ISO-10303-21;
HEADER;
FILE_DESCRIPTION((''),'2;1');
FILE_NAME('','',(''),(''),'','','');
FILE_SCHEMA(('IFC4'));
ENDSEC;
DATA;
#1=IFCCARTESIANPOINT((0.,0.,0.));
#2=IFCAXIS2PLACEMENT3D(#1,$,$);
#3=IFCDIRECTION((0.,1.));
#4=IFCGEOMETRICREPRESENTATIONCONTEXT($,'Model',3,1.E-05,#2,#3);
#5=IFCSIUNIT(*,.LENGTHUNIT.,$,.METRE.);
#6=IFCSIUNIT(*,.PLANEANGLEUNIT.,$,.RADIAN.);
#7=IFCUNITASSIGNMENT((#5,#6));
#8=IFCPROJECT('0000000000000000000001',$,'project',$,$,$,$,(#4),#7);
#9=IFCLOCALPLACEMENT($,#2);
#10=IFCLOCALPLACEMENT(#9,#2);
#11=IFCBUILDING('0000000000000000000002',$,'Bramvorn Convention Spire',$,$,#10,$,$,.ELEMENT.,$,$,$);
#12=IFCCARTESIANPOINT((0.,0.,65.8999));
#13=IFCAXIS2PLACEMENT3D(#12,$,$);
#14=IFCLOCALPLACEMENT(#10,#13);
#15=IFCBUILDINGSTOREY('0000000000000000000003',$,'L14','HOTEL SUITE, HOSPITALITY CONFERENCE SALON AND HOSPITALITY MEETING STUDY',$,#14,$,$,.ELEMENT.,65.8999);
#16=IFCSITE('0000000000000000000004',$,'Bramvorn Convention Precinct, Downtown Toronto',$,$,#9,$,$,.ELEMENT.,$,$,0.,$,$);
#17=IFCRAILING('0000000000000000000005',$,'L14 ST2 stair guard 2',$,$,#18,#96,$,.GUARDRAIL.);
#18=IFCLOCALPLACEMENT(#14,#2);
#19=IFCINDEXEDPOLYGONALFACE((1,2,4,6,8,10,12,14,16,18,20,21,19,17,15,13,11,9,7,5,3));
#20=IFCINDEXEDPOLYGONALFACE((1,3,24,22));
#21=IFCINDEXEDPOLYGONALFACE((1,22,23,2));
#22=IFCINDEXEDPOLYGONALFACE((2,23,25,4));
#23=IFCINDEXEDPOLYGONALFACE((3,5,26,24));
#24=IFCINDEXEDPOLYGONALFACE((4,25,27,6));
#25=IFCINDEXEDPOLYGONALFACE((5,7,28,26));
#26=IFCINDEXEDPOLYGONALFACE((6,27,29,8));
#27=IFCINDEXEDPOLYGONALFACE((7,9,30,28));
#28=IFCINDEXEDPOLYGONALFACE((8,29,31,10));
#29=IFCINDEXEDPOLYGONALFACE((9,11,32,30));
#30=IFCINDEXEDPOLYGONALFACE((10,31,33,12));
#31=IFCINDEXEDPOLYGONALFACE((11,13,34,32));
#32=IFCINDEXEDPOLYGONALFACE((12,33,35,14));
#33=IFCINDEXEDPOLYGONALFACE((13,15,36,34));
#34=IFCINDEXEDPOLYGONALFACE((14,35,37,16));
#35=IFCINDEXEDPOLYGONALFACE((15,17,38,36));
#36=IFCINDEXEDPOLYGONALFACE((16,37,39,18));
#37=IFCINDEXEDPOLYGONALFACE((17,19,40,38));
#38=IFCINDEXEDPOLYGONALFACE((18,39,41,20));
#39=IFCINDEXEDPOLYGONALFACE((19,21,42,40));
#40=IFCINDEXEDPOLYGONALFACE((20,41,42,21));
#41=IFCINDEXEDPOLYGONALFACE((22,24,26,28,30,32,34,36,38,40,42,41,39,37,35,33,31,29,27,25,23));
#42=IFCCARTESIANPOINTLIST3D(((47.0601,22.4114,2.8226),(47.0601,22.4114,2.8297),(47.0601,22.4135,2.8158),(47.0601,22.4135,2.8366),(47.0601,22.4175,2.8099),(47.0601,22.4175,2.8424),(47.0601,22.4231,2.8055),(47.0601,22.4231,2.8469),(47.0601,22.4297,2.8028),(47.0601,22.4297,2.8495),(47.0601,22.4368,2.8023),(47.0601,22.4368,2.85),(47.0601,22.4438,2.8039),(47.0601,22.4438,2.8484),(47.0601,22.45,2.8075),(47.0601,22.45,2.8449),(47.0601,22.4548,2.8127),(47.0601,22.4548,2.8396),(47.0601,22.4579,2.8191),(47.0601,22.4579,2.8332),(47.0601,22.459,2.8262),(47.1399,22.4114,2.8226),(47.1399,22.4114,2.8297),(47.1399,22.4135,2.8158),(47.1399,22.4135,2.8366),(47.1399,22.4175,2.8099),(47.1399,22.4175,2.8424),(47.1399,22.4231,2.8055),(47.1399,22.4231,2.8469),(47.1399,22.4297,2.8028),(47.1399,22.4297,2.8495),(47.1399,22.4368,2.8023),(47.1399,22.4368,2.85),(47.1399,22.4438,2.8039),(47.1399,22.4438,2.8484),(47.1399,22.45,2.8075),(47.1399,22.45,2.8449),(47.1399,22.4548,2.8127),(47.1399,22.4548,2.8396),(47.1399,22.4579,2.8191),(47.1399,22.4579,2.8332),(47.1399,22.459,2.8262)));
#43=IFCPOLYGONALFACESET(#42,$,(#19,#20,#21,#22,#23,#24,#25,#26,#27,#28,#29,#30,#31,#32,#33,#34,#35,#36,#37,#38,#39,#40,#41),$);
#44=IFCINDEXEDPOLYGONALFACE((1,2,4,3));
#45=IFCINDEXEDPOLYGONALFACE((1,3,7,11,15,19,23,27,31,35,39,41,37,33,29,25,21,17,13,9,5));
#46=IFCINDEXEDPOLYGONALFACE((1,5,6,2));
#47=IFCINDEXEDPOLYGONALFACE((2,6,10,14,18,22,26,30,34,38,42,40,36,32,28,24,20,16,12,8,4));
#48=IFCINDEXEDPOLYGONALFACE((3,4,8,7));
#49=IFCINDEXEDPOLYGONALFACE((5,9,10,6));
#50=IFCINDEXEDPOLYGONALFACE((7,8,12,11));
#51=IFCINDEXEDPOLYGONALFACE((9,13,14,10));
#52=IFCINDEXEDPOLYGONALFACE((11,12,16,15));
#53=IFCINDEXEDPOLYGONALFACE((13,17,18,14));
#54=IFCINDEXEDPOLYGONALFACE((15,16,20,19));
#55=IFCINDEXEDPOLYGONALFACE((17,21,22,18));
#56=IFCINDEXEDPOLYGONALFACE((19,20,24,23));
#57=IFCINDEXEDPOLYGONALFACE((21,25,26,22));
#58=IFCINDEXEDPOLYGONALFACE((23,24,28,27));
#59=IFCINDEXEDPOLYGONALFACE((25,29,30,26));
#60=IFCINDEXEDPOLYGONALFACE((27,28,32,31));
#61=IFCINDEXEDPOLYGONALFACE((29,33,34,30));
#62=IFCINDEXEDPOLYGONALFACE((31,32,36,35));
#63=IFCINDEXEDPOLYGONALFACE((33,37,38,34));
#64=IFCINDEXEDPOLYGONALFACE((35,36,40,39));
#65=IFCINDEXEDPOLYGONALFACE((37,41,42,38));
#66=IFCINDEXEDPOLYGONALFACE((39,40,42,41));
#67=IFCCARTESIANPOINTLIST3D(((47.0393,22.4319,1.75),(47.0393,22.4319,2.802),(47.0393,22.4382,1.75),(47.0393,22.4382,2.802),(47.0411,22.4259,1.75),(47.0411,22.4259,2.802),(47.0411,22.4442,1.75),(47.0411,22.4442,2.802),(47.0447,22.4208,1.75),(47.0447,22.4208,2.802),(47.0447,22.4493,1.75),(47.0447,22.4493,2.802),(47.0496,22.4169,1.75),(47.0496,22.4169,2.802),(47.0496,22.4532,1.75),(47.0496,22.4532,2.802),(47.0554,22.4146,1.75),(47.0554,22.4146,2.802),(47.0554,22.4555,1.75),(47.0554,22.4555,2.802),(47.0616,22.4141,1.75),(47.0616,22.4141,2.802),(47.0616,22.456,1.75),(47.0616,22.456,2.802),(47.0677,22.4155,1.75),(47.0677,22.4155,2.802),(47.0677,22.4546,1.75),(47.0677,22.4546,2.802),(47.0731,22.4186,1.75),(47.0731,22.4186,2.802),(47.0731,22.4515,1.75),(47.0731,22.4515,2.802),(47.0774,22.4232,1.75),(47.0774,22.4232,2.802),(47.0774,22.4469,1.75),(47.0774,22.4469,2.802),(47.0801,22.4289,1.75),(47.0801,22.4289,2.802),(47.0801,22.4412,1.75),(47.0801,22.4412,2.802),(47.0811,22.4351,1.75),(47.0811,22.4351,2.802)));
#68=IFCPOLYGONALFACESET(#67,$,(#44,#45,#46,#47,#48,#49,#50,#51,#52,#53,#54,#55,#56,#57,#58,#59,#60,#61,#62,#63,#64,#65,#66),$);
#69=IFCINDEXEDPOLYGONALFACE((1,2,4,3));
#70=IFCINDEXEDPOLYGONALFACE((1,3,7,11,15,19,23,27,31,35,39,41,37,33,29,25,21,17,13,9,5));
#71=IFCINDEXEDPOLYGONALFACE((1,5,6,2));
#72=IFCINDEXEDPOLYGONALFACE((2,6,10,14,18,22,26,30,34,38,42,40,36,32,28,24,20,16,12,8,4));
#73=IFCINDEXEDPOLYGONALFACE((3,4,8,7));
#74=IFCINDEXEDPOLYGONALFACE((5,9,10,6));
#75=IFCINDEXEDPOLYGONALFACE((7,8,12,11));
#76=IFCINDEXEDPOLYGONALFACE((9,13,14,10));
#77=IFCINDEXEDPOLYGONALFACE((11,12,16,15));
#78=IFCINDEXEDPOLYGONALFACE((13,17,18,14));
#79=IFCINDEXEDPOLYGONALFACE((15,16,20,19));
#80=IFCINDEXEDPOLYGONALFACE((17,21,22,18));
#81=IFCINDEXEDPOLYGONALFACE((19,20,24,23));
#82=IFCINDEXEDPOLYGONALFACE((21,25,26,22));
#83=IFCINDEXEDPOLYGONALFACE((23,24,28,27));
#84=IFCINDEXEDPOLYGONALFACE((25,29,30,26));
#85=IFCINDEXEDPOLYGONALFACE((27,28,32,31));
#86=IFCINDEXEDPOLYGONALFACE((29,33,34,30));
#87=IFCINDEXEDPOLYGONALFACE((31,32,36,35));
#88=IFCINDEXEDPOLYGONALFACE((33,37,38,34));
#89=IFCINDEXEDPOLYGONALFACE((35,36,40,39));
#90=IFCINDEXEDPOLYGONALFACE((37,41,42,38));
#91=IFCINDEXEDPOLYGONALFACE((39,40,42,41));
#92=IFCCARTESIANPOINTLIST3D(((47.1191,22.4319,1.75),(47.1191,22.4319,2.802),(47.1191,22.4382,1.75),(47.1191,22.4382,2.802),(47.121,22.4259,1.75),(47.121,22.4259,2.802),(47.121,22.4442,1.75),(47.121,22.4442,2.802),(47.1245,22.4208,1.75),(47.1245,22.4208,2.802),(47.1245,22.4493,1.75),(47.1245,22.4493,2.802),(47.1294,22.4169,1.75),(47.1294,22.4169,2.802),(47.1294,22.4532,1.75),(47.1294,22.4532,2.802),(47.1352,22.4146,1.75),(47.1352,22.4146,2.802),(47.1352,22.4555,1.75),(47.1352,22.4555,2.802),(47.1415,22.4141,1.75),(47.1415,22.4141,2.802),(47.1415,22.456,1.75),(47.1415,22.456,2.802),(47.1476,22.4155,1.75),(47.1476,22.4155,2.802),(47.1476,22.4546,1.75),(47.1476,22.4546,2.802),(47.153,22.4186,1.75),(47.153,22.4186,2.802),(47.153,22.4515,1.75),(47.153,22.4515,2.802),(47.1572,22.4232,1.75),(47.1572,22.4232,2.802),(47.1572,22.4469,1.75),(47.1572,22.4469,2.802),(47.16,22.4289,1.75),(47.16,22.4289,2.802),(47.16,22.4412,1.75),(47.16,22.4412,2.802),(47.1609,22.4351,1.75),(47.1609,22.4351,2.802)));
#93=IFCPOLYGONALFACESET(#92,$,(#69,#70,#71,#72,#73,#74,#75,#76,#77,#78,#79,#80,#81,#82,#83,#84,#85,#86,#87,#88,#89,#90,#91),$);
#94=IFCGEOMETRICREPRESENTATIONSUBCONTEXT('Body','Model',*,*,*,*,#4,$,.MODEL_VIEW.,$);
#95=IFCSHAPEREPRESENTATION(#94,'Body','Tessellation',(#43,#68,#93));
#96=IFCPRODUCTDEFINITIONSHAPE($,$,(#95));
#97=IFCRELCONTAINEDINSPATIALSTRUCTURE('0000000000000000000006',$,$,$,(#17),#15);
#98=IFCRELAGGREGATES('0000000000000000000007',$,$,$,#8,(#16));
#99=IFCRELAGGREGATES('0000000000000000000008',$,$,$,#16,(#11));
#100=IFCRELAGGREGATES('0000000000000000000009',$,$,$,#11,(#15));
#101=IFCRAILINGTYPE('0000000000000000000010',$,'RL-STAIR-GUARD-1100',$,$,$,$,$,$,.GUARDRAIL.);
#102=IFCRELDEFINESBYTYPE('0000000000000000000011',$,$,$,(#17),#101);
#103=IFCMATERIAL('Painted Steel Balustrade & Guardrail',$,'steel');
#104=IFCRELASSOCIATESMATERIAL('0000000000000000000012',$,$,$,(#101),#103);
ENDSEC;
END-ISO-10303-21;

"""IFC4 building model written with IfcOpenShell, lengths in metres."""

from ifc_helpers import new_model, si_unit, direction, frame, origin, origin_2d, place, context, subcontext, project, spatial, circle, extrude, material, type_object, element, save


model = new_model("IFC4")

# Units and contexts
model_context = context("Model", 3, precision=1e-05, world=origin(), true_north=direction((0.0, 1.0)))
body_context = subcontext(model_context, "Body", "Model", "MODEL_VIEW")
ifc_project = project(units=[si_unit("LENGTHUNIT", "METRE"), si_unit("PLANEANGLEUNIT", "RADIAN")], contexts=[model_context])

# Site, building, storey
site_placement = place(None, origin())
site = spatial("IfcSite", under=ifc_project, at=site_placement, Name="Bramvorn Convention Precinct, Downtown Toronto", CompositionType="ELEMENT", RefElevation=0.0)
building_placement = place(site_placement, origin())
building = spatial("IfcBuilding", under=site, at=building_placement, Name="Bramvorn Convention Spire", CompositionType="ELEMENT")
storey_placement = place(building_placement, frame((0.0, 0.0, 65.8999)))
storey = spatial("IfcBuildingStorey", under=building, at=storey_placement, Name="L14", Description="HOTEL SUITE, HOSPITALITY CONFERENCE SALON AND HOSPITALITY MEETING STUDY", CompositionType="ELEMENT", Elevation=65.8999)

# Railing
ifc_material_1 = material(Name="Painted Steel Balustrade & Guardrail", Category="steel")
railing_type_1 = type_object("IfcRailingType", Name="RL-STAIR-GUARD-1100", PredefinedType="GUARDRAIL", material=ifc_material_1)
railing_1_placement = place(storey_placement, frame((47.0601, 22.4351, 1.75)))
element("IfcRailing", 1, at=railing_1_placement, inside=storey, type_object=railing_type_1, Name="L14 ST2 stair guard 2", PredefinedType="GUARDRAIL", context=body_context, shape_type="SweptSolid", body=[
    extrude(circle(Radius=0.0239, at=origin_2d()), frame((0.0, 0.0, 1.0762), z_axis=(1.0, 0.0, 0.0), x_axis=(0.0, 1.0, 0.0)), (0.0, 0.0, 1.0), 0.0798),
    extrude(circle(Radius=0.021, at=origin_2d()), origin(), (0.0, 0.0, 1.0), 1.052),
    extrude(circle(Radius=0.021, at=origin_2d()), frame((0.0798, 0.0, 0.0)), (0.0, 0.0, 1.0), 1.052),
])

save(model, "model.ifc")
